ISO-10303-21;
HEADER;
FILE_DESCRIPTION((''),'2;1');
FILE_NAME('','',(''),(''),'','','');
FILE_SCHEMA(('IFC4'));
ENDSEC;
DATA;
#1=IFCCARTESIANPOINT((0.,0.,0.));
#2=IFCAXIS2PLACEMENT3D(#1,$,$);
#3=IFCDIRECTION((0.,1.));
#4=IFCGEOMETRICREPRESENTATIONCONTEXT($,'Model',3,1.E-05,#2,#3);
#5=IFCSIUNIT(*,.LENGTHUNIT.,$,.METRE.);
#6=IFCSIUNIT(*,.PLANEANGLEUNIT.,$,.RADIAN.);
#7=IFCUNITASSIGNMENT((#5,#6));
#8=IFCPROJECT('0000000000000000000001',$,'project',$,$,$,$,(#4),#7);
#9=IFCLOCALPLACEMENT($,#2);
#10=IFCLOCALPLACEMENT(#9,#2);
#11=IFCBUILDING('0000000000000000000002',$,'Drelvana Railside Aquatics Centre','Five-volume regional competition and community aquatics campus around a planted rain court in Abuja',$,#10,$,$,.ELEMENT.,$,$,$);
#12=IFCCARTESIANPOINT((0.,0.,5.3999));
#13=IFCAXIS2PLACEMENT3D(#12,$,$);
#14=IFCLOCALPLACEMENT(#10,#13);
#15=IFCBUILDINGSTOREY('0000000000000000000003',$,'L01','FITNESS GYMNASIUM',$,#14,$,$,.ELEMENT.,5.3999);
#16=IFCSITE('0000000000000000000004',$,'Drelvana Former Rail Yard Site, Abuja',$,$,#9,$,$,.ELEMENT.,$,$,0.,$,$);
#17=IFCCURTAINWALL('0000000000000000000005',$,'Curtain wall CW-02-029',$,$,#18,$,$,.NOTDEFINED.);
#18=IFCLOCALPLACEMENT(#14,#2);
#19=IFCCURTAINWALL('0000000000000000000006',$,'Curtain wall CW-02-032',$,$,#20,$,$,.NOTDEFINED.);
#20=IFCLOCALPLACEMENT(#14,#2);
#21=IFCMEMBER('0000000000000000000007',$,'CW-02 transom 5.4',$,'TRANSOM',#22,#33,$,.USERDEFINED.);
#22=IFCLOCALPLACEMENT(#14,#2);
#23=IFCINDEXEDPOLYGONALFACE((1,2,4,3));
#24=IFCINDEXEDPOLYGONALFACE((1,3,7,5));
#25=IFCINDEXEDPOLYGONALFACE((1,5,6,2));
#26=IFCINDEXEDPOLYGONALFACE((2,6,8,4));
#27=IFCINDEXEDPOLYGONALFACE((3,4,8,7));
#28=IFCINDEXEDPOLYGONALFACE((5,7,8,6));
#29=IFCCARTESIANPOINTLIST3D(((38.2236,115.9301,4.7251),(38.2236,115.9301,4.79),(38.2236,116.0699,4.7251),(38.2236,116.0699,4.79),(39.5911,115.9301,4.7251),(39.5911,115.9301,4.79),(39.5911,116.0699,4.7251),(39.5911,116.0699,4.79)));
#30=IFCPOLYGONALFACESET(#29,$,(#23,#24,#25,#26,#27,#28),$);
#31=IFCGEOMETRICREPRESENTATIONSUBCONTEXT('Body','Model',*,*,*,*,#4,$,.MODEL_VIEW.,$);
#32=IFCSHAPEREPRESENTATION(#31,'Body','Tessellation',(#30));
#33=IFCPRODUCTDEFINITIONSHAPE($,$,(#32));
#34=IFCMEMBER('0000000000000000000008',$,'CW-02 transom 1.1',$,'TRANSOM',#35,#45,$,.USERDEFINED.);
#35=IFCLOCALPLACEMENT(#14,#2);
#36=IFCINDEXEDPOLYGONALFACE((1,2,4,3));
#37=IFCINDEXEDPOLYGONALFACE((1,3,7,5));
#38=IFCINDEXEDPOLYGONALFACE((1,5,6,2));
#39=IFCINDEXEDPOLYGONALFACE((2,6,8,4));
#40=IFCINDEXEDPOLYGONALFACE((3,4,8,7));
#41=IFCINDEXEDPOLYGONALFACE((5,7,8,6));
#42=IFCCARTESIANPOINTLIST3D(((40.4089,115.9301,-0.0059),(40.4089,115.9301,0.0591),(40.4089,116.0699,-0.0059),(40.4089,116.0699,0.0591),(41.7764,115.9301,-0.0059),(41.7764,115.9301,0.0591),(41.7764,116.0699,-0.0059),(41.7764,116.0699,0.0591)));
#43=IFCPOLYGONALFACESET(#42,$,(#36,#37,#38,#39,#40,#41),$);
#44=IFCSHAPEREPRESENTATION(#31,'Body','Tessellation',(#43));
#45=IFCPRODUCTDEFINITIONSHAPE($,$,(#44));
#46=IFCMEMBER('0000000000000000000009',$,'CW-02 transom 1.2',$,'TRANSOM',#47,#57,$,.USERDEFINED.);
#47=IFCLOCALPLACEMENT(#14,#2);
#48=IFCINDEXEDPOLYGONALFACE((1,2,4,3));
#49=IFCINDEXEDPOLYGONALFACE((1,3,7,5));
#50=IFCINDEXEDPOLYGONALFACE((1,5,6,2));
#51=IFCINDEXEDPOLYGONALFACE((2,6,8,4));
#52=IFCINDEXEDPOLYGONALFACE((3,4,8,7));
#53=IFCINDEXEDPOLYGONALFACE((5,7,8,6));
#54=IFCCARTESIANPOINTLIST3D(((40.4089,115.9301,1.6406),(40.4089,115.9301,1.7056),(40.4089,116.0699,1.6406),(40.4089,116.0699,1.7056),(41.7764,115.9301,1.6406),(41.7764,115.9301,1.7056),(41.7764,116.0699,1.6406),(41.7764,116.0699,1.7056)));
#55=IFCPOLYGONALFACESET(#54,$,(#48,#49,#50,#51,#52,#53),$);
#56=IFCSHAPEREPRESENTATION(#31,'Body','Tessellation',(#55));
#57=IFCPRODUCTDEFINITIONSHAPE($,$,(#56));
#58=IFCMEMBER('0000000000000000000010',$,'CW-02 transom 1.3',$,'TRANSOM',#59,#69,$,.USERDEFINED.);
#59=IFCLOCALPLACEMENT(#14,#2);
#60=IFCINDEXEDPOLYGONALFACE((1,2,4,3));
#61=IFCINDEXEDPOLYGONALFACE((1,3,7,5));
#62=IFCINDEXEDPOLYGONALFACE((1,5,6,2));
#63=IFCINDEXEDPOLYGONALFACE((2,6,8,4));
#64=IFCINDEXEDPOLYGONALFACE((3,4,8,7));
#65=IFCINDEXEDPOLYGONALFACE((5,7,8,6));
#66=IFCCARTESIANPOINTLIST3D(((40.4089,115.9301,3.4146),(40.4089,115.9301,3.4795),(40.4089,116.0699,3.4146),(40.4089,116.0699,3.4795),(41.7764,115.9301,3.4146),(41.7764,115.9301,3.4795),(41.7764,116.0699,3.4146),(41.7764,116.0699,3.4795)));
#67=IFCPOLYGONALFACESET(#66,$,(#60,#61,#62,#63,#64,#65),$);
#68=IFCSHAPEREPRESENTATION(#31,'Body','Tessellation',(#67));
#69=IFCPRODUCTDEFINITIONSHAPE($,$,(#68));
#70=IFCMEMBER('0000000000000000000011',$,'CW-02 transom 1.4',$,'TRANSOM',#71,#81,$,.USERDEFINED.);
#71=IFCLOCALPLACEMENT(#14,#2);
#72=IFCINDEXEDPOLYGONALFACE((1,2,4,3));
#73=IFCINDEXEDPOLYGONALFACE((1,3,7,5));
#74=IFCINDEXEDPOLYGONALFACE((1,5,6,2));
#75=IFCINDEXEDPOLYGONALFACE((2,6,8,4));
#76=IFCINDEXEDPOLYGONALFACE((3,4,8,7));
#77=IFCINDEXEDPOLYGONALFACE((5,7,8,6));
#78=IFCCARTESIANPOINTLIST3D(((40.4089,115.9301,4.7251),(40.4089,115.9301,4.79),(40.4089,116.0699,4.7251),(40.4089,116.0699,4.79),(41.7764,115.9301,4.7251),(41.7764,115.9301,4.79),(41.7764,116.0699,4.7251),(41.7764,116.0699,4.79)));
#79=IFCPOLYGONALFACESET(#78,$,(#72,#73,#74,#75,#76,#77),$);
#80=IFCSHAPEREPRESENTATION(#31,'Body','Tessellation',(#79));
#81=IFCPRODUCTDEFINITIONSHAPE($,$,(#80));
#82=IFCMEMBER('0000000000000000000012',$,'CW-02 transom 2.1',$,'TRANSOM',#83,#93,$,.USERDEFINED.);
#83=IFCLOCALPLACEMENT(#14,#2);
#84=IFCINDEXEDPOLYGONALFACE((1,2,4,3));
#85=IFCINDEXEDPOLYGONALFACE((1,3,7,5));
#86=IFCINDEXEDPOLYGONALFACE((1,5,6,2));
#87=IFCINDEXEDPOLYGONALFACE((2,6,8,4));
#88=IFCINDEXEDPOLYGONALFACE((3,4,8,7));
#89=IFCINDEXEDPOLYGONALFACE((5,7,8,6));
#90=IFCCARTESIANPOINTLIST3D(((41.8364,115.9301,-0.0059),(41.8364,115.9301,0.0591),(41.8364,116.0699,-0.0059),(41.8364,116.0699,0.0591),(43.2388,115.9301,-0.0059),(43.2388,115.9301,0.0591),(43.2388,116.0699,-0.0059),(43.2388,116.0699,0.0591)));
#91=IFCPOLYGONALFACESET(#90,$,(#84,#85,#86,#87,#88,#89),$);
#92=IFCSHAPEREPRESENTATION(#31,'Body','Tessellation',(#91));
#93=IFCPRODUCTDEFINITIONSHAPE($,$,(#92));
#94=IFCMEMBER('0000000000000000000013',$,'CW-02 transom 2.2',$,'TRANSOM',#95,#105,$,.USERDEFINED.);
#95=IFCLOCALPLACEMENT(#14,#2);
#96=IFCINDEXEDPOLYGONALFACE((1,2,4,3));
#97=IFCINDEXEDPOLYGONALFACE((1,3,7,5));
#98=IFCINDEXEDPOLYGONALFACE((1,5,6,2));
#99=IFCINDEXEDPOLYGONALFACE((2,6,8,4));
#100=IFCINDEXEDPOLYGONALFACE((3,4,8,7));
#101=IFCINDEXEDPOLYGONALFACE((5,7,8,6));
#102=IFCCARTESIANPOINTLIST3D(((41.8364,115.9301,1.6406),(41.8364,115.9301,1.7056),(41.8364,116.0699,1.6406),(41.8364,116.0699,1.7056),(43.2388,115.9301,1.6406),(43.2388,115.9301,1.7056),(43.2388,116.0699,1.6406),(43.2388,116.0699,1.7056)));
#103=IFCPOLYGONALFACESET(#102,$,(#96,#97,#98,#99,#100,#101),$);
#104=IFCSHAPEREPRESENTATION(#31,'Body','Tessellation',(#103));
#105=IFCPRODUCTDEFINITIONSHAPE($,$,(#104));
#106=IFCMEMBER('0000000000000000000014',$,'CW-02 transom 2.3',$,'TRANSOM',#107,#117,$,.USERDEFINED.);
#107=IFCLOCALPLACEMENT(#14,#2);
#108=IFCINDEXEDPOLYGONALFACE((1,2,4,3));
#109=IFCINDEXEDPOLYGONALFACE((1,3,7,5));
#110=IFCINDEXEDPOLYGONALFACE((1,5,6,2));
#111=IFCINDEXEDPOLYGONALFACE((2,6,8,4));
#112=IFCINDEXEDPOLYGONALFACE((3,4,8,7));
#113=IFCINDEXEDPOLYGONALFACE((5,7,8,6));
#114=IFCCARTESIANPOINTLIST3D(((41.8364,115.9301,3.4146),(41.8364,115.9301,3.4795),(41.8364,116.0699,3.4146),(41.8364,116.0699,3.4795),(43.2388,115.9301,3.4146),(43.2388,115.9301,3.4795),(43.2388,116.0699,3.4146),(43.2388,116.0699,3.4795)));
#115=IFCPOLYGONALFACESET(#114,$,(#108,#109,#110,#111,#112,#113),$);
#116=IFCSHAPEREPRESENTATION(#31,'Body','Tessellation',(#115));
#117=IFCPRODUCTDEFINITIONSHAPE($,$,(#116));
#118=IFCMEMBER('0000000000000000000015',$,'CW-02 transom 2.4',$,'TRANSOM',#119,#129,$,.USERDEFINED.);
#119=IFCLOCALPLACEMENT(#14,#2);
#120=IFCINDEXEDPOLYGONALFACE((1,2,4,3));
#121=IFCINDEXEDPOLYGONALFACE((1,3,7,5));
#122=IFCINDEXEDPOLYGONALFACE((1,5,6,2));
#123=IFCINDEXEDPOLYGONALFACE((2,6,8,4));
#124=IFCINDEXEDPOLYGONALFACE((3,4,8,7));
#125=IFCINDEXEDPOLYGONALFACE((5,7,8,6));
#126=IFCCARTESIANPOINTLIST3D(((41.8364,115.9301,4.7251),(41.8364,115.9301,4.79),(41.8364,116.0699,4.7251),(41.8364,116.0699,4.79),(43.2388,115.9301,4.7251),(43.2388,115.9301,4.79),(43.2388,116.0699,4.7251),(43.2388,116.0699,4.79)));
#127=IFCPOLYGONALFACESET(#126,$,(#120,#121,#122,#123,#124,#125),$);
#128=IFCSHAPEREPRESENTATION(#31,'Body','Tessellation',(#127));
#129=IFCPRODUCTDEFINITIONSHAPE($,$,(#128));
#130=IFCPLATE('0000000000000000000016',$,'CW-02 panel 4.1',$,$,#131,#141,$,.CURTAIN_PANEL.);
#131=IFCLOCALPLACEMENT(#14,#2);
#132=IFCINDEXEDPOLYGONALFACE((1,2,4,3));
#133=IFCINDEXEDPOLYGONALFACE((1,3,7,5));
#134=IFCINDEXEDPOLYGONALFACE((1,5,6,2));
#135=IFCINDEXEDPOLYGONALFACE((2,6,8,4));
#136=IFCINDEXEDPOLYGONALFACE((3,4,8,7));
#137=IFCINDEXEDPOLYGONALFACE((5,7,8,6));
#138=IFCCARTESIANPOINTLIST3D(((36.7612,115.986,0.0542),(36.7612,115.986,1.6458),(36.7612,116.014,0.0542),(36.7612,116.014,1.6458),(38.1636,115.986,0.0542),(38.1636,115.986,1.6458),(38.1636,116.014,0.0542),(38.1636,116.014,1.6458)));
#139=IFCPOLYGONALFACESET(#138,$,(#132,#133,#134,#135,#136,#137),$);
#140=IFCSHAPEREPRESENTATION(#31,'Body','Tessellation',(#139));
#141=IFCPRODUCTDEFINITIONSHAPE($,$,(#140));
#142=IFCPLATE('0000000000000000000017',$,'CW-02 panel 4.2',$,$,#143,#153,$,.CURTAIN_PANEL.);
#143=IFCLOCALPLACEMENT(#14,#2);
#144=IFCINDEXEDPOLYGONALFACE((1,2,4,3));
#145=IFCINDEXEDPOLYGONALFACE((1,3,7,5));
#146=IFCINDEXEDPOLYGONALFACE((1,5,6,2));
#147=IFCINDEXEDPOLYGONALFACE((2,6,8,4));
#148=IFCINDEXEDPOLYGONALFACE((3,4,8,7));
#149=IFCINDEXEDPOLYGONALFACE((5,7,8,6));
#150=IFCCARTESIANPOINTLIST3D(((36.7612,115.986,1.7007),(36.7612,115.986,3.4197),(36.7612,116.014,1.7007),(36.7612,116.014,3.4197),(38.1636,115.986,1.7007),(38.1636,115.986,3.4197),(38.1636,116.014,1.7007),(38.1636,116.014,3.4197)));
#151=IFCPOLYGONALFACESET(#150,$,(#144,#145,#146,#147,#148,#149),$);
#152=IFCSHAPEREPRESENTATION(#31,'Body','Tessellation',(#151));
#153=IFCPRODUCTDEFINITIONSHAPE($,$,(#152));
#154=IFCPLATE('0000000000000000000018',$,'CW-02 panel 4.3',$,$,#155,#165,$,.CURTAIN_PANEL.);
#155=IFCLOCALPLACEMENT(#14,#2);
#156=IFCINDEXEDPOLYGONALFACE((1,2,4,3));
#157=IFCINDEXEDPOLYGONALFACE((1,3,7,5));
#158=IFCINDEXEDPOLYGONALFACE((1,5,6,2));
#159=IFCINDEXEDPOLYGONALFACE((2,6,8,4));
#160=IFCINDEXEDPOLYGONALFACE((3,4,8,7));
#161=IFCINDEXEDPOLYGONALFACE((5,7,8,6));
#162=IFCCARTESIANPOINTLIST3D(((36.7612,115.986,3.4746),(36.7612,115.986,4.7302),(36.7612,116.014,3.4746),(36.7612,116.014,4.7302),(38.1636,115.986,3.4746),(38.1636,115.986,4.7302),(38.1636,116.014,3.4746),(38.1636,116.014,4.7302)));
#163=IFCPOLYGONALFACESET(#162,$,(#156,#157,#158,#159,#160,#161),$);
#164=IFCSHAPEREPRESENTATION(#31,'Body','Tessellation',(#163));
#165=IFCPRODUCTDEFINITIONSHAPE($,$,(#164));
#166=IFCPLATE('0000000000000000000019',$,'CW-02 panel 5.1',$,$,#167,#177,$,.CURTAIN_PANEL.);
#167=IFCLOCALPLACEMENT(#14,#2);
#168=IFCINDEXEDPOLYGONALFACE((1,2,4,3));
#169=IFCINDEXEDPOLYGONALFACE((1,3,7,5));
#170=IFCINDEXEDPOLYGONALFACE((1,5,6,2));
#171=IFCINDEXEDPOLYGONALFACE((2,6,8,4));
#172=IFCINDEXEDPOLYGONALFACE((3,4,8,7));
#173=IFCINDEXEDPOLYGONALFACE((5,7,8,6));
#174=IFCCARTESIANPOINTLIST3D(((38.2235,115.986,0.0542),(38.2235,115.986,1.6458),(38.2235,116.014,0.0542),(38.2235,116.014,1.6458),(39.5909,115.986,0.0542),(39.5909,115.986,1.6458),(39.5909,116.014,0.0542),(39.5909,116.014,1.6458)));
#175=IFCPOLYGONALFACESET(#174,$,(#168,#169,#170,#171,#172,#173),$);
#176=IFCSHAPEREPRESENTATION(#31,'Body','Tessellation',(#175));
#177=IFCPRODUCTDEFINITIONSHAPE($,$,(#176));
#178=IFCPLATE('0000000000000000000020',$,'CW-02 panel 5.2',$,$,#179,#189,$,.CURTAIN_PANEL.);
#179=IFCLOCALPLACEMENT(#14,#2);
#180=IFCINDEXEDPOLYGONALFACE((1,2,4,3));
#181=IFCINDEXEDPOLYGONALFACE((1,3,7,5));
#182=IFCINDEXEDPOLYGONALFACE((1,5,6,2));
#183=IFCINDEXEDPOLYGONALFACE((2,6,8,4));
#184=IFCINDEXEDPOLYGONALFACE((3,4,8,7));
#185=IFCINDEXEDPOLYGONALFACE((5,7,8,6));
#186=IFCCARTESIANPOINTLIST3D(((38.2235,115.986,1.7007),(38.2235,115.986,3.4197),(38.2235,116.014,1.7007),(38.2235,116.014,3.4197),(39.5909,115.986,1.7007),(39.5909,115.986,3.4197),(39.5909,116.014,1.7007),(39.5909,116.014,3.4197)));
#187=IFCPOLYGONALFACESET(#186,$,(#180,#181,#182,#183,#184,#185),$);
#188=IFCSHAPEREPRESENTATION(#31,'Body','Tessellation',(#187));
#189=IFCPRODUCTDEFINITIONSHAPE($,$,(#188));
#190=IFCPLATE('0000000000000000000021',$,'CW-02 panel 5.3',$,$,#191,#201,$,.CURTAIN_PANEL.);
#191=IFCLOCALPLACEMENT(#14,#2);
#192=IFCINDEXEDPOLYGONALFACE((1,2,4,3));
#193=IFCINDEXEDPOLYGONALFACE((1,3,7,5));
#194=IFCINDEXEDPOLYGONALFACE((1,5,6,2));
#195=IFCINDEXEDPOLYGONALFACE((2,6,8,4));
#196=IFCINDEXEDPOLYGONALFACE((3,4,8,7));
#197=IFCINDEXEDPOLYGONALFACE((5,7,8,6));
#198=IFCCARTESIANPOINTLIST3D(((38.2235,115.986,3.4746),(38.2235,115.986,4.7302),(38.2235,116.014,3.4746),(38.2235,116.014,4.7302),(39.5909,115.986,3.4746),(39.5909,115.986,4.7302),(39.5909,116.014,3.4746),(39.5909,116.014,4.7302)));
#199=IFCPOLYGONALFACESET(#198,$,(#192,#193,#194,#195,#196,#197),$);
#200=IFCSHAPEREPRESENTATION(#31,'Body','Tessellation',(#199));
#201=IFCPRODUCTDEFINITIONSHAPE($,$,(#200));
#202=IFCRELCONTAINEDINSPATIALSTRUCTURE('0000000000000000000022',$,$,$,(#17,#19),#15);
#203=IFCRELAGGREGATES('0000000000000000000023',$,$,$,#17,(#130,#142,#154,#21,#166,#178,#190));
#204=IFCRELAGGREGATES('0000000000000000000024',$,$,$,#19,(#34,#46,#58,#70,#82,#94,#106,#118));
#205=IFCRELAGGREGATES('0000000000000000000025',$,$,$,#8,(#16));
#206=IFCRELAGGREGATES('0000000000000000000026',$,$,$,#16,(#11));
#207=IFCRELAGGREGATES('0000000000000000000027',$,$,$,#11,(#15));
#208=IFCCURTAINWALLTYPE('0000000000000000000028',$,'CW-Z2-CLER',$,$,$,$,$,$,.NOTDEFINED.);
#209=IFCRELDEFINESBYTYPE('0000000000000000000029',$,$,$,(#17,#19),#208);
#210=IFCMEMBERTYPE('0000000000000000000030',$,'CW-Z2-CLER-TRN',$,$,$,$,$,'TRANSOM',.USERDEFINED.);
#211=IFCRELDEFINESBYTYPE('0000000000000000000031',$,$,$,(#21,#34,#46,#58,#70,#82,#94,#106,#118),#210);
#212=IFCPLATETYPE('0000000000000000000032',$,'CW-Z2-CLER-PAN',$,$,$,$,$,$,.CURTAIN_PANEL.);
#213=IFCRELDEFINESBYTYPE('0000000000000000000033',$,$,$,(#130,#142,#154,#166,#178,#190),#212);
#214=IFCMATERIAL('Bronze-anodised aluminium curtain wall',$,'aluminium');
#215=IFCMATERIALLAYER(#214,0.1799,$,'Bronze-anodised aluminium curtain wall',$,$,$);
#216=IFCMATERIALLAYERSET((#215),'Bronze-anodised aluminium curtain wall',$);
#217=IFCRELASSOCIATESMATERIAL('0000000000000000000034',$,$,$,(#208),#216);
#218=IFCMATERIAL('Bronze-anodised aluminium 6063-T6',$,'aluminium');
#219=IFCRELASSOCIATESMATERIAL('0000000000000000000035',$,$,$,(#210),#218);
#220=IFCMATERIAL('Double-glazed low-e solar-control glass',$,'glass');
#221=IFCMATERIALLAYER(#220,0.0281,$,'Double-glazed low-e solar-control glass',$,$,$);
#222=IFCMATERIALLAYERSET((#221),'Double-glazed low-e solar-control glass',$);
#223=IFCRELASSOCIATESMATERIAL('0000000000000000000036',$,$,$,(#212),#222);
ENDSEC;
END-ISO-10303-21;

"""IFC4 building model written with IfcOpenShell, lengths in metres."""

from ifc_helpers import new_model, si_unit, direction, frame, origin, origin_2d, place, context, subcontext, project, spatial, rectangle, extrude, material, layer, layer_set, material_profile, profile_set, type_object, element, aggregate, save


model = new_model("IFC4")

# Units and contexts
model_context = context("Model", 3, precision=1e-05, world=origin(), true_north=direction((0.0, 1.0)))
body_context = subcontext(model_context, "Body", "Model", "MODEL_VIEW")
ifc_project = project(units=[si_unit("LENGTHUNIT", "METRE"), si_unit("PLANEANGLEUNIT", "RADIAN")], contexts=[model_context])

# Site, building, storey
site_placement = place(None, origin())
site = spatial("IfcSite", under=ifc_project, at=site_placement, Name="Drelvana Former Rail Yard Site, Abuja", CompositionType="ELEMENT", RefElevation=0.0)
building_placement = place(site_placement, origin())
building = spatial("IfcBuilding", under=site, at=building_placement, Name="Drelvana Railside Aquatics Centre", Description="Five-volume regional competition and community aquatics campus around a planted rain court in Abuja", CompositionType="ELEMENT")
storey_placement = place(building_placement, frame((0.0, 0.0, 5.3999)))
storey = spatial("IfcBuildingStorey", under=building, at=storey_placement, Name="L01", Description="FITNESS GYMNASIUM", CompositionType="ELEMENT", Elevation=5.3999)

# Curtain walls
ifc_material_1 = material(Name="Bronze-anodised aluminium curtain wall", Category="aluminium")
ifc_layer_1 = layer(ifc_material_1, 0.1799, Name="Bronze-anodised aluminium curtain wall")
ifc_layer_set_1 = layer_set([ifc_layer_1], Name="Bronze-anodised aluminium curtain wall")
curtain_wall_type = type_object("IfcCurtainWallType", Name="CW-Z2-CLER", PredefinedType="NOTDEFINED", material=ifc_layer_set_1)
curtain_wall_1_placement = place(storey_placement, origin())
curtain_wall_1 = element("IfcCurtainWall", 1, at=curtain_wall_1_placement, inside=storey, type_object=curtain_wall_type, Name="Curtain wall CW-02-029", PredefinedType="NOTDEFINED")
ifc_material_2 = material(Name="Bronze-anodised aluminium 6063-T6", Category="aluminium")
curtain_wall_2_placement = place(storey_placement, origin())
curtain_wall_2 = element("IfcCurtainWall", 2, at=curtain_wall_2_placement, inside=storey, type_object=curtain_wall_type, Name="Curtain wall CW-02-032", PredefinedType="NOTDEFINED")

# Members
ifc_material_profile_1 = material_profile(ifc_material_2, rectangle(XDim=0.1399, YDim=0.0649, at=origin_2d()), Name="ALU-T 65x140")
ifc_profile_set_1 = profile_set([ifc_material_profile_1], Name="Bronze-anodised aluminium 6063-T6")
member_type_1 = type_object("IfcMemberType", Name="CW-Z2-CLER-TRN", ElementType="TRANSOM", PredefinedType="USERDEFINED", material=ifc_profile_set_1)
member_1_placement = place(storey_placement, frame((38.2236, 116.0, 4.7576), z_axis=(1.0, 0.0, 0.0), x_axis=(0.0, 1.0, 0.0)))
member_1 = element("IfcMember", 3, at=member_1_placement, type_object=member_type_1, Name="CW-02 transom 5.4", ObjectType="TRANSOM", PredefinedType="USERDEFINED", context=body_context, shape_type="SweptSolid", body=[
    extrude(rectangle(XDim=0.1399, YDim=0.0649, at=origin_2d()), origin(), (0.0, 0.0, 1.0), 1.3674),
])
member_2_placement = place(storey_placement, frame((40.4089, 116.0, 0.0266), z_axis=(1.0, 0.0, 0.0), x_axis=(0.0, 1.0, 0.0)))
member_2 = element("IfcMember", 4, at=member_2_placement, type_object=member_type_1, Name="CW-02 transom 1.1", ObjectType="TRANSOM", PredefinedType="USERDEFINED", context=body_context, shape_type="SweptSolid", body=[
    extrude(rectangle(XDim=0.1399, YDim=0.0649, at=origin_2d()), origin(), (0.0, 0.0, 1.0), 1.3674),
])
member_3_placement = place(storey_placement, frame((40.4089, 116.0, 1.6731), z_axis=(1.0, 0.0, 0.0), x_axis=(0.0, 1.0, 0.0)))
member_3 = element("IfcMember", 5, at=member_3_placement, type_object=member_type_1, Name="CW-02 transom 1.2", ObjectType="TRANSOM", PredefinedType="USERDEFINED", context=body_context, shape_type="SweptSolid", body=[
    extrude(rectangle(XDim=0.1399, YDim=0.0649, at=origin_2d()), origin(), (0.0, 0.0, 1.0), 1.3674),
])
member_4_placement = place(storey_placement, frame((40.4089, 116.0, 3.447), z_axis=(1.0, 0.0, 0.0), x_axis=(0.0, 1.0, 0.0)))
member_4 = element("IfcMember", 6, at=member_4_placement, type_object=member_type_1, Name="CW-02 transom 1.3", ObjectType="TRANSOM", PredefinedType="USERDEFINED", context=body_context, shape_type="SweptSolid", body=[
    extrude(rectangle(XDim=0.1399, YDim=0.0649, at=origin_2d()), origin(), (0.0, 0.0, 1.0), 1.3674),
])
member_5_placement = place(storey_placement, frame((40.4089, 116.0, 4.7576), z_axis=(1.0, 0.0, 0.0), x_axis=(0.0, 1.0, 0.0)))
member_5 = element("IfcMember", 7, at=member_5_placement, type_object=member_type_1, Name="CW-02 transom 1.4", ObjectType="TRANSOM", PredefinedType="USERDEFINED", context=body_context, shape_type="SweptSolid", body=[
    extrude(rectangle(XDim=0.1399, YDim=0.0649, at=origin_2d()), origin(), (0.0, 0.0, 1.0), 1.3674),
])
member_6_placement = place(storey_placement, frame((41.8364, 116.0, 0.0266), z_axis=(1.0, 0.0, 0.0), x_axis=(0.0, 1.0, 0.0)))
member_6 = element("IfcMember", 8, at=member_6_placement, type_object=member_type_1, Name="CW-02 transom 2.1", ObjectType="TRANSOM", PredefinedType="USERDEFINED", context=body_context, shape_type="SweptSolid", body=[
    extrude(rectangle(XDim=0.1399, YDim=0.0649, at=origin_2d()), origin(), (0.0, 0.0, 1.0), 1.4023),
])
member_7_placement = place(storey_placement, frame((41.8364, 116.0, 1.6731), z_axis=(1.0, 0.0, 0.0), x_axis=(0.0, 1.0, 0.0)))
member_7 = element("IfcMember", 9, at=member_7_placement, type_object=member_type_1, Name="CW-02 transom 2.2", ObjectType="TRANSOM", PredefinedType="USERDEFINED", context=body_context, shape_type="SweptSolid", body=[
    extrude(rectangle(XDim=0.1399, YDim=0.0649, at=origin_2d()), origin(), (0.0, 0.0, 1.0), 1.4023),
])
member_8_placement = place(storey_placement, frame((41.8364, 116.0, 3.447), z_axis=(1.0, 0.0, 0.0), x_axis=(0.0, 1.0, 0.0)))
member_8 = element("IfcMember", 10, at=member_8_placement, type_object=member_type_1, Name="CW-02 transom 2.3", ObjectType="TRANSOM", PredefinedType="USERDEFINED", context=body_context, shape_type="SweptSolid", body=[
    extrude(rectangle(XDim=0.1399, YDim=0.0649, at=origin_2d()), origin(), (0.0, 0.0, 1.0), 1.4023),
])
member_9_placement = place(storey_placement, frame((41.8364, 116.0, 4.7576), z_axis=(1.0, 0.0, 0.0), x_axis=(0.0, 1.0, 0.0)))
member_9 = element("IfcMember", 11, at=member_9_placement, type_object=member_type_1, Name="CW-02 transom 2.4", ObjectType="TRANSOM", PredefinedType="USERDEFINED", context=body_context, shape_type="SweptSolid", body=[
    extrude(rectangle(XDim=0.1399, YDim=0.0649, at=origin_2d()), origin(), (0.0, 0.0, 1.0), 1.4023),
])

# Plates
ifc_material_3 = material(Name="Double-glazed low-e solar-control glass", Category="glass")
ifc_layer_2 = layer(ifc_material_3, 0.0281, Name="Double-glazed low-e solar-control glass")
ifc_layer_set_2 = layer_set([ifc_layer_2], Name="Double-glazed low-e solar-control glass")
plate_type = type_object("IfcPlateType", Name="CW-Z2-CLER-PAN", PredefinedType="CURTAIN_PANEL", material=ifc_layer_set_2)
plate_1_placement = place(storey_placement, frame((37.4624, 116.0, 0.0542), z_axis=(0.0, 0.0, 1.0), x_axis=(1.0, 0.0, 0.0)))
plate_1 = element("IfcPlate", 12, at=plate_1_placement, type_object=plate_type, Name="CW-02 panel 4.1", PredefinedType="CURTAIN_PANEL", context=body_context, shape_type="SweptSolid", body=[
    extrude(rectangle(XDim=1.4023, YDim=0.0281, at=origin_2d()), origin(), (0.0, 0.0, 1.0), 1.5916),
])
plate_2_placement = place(storey_placement, frame((37.4624, 116.0, 1.7007), z_axis=(0.0, 0.0, 1.0), x_axis=(1.0, 0.0, 0.0)))
plate_2 = element("IfcPlate", 13, at=plate_2_placement, type_object=plate_type, Name="CW-02 panel 4.2", PredefinedType="CURTAIN_PANEL", context=body_context, shape_type="SweptSolid", body=[
    extrude(rectangle(XDim=1.4023, YDim=0.0281, at=origin_2d()), origin(), (0.0, 0.0, 1.0), 1.719),
])
plate_3_placement = place(storey_placement, frame((37.4624, 116.0, 3.4746), z_axis=(0.0, 0.0, 1.0), x_axis=(1.0, 0.0, 0.0)))
plate_3 = element("IfcPlate", 14, at=plate_3_placement, type_object=plate_type, Name="CW-02 panel 4.3", PredefinedType="CURTAIN_PANEL", context=body_context, shape_type="SweptSolid", body=[
    extrude(rectangle(XDim=1.4023, YDim=0.0281, at=origin_2d()), origin(), (0.0, 0.0, 1.0), 1.2556),
])
plate_4_placement = place(storey_placement, frame((38.9072, 116.0, 0.0542), z_axis=(0.0, 0.0, 1.0), x_axis=(1.0, 0.0, 0.0)))
plate_4 = element("IfcPlate", 15, at=plate_4_placement, type_object=plate_type, Name="CW-02 panel 5.1", PredefinedType="CURTAIN_PANEL", context=body_context, shape_type="SweptSolid", body=[
    extrude(rectangle(XDim=1.3674, YDim=0.0281, at=origin_2d()), origin(), (0.0, 0.0, 1.0), 1.5916),
])
plate_5_placement = place(storey_placement, frame((38.9072, 116.0, 1.7007), z_axis=(0.0, 0.0, 1.0), x_axis=(1.0, 0.0, 0.0)))
plate_5 = element("IfcPlate", 16, at=plate_5_placement, type_object=plate_type, Name="CW-02 panel 5.2", PredefinedType="CURTAIN_PANEL", context=body_context, shape_type="SweptSolid", body=[
    extrude(rectangle(XDim=1.3674, YDim=0.0281, at=origin_2d()), origin(), (0.0, 0.0, 1.0), 1.719),
])
plate_6_placement = place(storey_placement, frame((38.9072, 116.0, 3.4746), z_axis=(0.0, 0.0, 1.0), x_axis=(1.0, 0.0, 0.0)))
plate_6 = element("IfcPlate", 17, at=plate_6_placement, type_object=plate_type, Name="CW-02 panel 5.3", PredefinedType="CURTAIN_PANEL", context=body_context, shape_type="SweptSolid", body=[
    extrude(rectangle(XDim=1.3674, YDim=0.0281, at=origin_2d()), origin(), (0.0, 0.0, 1.0), 1.2556),
])
aggregate(curtain_wall_1, [plate_1, plate_2, plate_3, member_1, plate_4, plate_5, plate_6])
aggregate(curtain_wall_2, [member_2, member_3, member_4, member_5, member_6, member_7, member_8, member_9])

save(model, "model.ifc")
